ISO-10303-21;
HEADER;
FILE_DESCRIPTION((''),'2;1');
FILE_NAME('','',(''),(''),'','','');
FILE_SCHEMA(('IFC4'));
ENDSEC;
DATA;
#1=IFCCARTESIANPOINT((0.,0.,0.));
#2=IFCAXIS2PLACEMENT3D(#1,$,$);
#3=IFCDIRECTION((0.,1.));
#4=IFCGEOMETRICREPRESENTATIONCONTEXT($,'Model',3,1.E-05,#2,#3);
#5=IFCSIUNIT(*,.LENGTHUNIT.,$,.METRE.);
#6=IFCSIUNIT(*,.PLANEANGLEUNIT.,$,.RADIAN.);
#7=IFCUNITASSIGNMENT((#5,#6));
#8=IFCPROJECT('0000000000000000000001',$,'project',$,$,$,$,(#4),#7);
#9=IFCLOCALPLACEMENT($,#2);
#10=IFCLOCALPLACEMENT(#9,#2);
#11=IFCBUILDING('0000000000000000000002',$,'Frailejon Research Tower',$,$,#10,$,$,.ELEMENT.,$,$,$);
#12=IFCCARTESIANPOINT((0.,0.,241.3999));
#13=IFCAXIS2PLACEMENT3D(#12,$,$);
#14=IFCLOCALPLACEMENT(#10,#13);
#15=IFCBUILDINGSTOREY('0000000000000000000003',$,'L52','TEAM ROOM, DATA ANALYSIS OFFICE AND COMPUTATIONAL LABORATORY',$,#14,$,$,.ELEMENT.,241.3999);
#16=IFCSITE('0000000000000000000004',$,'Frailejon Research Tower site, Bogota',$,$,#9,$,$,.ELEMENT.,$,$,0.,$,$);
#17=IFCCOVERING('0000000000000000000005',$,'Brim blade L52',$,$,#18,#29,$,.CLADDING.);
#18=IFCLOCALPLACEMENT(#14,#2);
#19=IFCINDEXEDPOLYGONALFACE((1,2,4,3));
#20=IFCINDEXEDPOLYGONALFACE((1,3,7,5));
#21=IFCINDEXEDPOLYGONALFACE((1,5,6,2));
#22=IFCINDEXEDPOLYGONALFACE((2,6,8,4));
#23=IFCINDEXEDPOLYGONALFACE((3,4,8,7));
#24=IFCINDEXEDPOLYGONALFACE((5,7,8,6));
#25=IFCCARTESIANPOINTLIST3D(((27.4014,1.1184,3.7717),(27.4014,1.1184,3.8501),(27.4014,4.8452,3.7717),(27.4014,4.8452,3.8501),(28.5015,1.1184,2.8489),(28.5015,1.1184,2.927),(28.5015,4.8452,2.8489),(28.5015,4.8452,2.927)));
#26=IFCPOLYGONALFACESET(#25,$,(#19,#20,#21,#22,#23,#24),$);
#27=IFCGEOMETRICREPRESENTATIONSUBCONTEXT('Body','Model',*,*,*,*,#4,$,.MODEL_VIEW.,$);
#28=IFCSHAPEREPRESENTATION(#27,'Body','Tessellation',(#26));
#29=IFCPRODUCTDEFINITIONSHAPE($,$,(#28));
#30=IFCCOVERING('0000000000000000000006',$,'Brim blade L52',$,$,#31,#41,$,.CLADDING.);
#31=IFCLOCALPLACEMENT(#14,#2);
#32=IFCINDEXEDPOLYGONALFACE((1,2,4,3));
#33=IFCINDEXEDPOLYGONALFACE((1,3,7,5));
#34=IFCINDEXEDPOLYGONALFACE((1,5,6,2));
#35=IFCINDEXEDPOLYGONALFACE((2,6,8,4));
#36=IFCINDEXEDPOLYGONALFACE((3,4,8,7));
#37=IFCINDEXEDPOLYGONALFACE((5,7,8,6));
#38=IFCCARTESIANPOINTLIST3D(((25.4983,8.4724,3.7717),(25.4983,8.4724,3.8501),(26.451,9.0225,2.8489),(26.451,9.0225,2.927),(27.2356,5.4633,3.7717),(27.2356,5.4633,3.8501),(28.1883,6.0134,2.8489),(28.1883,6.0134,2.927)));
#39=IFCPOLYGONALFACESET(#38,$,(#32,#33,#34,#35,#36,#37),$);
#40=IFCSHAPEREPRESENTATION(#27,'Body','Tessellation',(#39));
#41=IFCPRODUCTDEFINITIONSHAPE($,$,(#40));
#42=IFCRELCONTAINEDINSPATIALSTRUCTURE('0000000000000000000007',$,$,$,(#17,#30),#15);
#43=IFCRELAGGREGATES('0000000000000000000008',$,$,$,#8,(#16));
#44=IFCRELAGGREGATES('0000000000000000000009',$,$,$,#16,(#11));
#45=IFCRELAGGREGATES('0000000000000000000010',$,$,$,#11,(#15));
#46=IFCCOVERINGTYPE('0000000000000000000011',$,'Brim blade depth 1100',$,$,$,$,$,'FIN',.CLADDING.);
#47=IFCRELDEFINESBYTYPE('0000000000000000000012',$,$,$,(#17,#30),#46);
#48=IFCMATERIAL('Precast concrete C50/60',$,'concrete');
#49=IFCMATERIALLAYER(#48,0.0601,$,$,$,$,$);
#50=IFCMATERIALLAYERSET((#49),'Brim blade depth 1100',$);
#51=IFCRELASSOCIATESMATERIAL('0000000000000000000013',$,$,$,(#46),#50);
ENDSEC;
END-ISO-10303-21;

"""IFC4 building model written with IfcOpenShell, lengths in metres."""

from ifc_helpers import new_model, si_unit, direction, frame, origin, place, context, subcontext, project, spatial, polyline, outline, extrude, material, layer, layer_set, type_object, element, save


model = new_model("IFC4")

# Units and contexts
model_context = context("Model", 3, precision=1e-05, world=origin(), true_north=direction((0.0, 1.0)))
body_context = subcontext(model_context, "Body", "Model", "MODEL_VIEW")
ifc_project = project(units=[si_unit("LENGTHUNIT", "METRE"), si_unit("PLANEANGLEUNIT", "RADIAN")], contexts=[model_context])

# Site, building, storey
site_placement = place(None, origin())
site = spatial("IfcSite", under=ifc_project, at=site_placement, Name="Frailejon Research Tower site, Bogota", CompositionType="ELEMENT", RefElevation=0.0)
building_placement = place(site_placement, origin())
building = spatial("IfcBuilding", under=site, at=building_placement, Name="Frailejon Research Tower", CompositionType="ELEMENT")
storey_placement = place(building_placement, frame((0.0, 0.0, 241.3999)))
storey = spatial("IfcBuildingStorey", under=building, at=storey_placement, Name="L52", Description="TEAM ROOM, DATA ANALYSIS OFFICE AND COMPUTATIONAL LABORATORY", CompositionType="ELEMENT", Elevation=241.3999)

# Coverings
ifc_material_1 = material(Name="Precast concrete C50/60", Category="concrete")
ifc_layer_1 = layer(ifc_material_1, 0.0601)
ifc_layer_set_1 = layer_set([ifc_layer_1], Name="Brim blade depth 1100")
covering_type = type_object("IfcCoveringType", Name="Brim blade depth 1100", ElementType="FIN", PredefinedType="CLADDING", material=ifc_layer_set_1)
for number, where, z_axis, x_axis, name in (
    (1, (27.4014, 4.8452, 3.8501), (0.0, -1.0, 0.0), (1.0, 0.0, 0.0), "Brim blade L52"),
):
    element("IfcCovering", number, at=place(storey_placement, frame(where, z_axis=z_axis, x_axis=x_axis)), inside=storey, type_object=covering_type, Name=name, PredefinedType="CLADDING", context=body_context, shape_type="SweptSolid", body=[
        extrude(outline(polyline([(0.0, -0.0784), (1.1001, -1.0012), (1.1001, -0.9231), (0.0, 0.0), (0.0, -0.0784)])), origin(), (0.0, 0.0, 1.0), 3.7268),
    ])
covering_placement = place(storey_placement, frame((25.4983, 8.4724, 3.8501), z_axis=(0.500011, -0.866019, 0.0), x_axis=(0.866019, 0.500011, 0.0)))
element("IfcCovering", 2, at=covering_placement, inside=storey, type_object=covering_type, Name="Brim blade L52", PredefinedType="CLADDING", context=body_context, shape_type="SweptSolid", body=[
    extrude(outline(polyline([(0.0, -0.0784), (1.1001, -1.0012), (1.1001, -0.9231), (0.0, 0.0), (0.0, -0.0784)])), origin(), (0.0, 0.0, 1.0), 3.4746),
])

save(model, "model.ifc")
